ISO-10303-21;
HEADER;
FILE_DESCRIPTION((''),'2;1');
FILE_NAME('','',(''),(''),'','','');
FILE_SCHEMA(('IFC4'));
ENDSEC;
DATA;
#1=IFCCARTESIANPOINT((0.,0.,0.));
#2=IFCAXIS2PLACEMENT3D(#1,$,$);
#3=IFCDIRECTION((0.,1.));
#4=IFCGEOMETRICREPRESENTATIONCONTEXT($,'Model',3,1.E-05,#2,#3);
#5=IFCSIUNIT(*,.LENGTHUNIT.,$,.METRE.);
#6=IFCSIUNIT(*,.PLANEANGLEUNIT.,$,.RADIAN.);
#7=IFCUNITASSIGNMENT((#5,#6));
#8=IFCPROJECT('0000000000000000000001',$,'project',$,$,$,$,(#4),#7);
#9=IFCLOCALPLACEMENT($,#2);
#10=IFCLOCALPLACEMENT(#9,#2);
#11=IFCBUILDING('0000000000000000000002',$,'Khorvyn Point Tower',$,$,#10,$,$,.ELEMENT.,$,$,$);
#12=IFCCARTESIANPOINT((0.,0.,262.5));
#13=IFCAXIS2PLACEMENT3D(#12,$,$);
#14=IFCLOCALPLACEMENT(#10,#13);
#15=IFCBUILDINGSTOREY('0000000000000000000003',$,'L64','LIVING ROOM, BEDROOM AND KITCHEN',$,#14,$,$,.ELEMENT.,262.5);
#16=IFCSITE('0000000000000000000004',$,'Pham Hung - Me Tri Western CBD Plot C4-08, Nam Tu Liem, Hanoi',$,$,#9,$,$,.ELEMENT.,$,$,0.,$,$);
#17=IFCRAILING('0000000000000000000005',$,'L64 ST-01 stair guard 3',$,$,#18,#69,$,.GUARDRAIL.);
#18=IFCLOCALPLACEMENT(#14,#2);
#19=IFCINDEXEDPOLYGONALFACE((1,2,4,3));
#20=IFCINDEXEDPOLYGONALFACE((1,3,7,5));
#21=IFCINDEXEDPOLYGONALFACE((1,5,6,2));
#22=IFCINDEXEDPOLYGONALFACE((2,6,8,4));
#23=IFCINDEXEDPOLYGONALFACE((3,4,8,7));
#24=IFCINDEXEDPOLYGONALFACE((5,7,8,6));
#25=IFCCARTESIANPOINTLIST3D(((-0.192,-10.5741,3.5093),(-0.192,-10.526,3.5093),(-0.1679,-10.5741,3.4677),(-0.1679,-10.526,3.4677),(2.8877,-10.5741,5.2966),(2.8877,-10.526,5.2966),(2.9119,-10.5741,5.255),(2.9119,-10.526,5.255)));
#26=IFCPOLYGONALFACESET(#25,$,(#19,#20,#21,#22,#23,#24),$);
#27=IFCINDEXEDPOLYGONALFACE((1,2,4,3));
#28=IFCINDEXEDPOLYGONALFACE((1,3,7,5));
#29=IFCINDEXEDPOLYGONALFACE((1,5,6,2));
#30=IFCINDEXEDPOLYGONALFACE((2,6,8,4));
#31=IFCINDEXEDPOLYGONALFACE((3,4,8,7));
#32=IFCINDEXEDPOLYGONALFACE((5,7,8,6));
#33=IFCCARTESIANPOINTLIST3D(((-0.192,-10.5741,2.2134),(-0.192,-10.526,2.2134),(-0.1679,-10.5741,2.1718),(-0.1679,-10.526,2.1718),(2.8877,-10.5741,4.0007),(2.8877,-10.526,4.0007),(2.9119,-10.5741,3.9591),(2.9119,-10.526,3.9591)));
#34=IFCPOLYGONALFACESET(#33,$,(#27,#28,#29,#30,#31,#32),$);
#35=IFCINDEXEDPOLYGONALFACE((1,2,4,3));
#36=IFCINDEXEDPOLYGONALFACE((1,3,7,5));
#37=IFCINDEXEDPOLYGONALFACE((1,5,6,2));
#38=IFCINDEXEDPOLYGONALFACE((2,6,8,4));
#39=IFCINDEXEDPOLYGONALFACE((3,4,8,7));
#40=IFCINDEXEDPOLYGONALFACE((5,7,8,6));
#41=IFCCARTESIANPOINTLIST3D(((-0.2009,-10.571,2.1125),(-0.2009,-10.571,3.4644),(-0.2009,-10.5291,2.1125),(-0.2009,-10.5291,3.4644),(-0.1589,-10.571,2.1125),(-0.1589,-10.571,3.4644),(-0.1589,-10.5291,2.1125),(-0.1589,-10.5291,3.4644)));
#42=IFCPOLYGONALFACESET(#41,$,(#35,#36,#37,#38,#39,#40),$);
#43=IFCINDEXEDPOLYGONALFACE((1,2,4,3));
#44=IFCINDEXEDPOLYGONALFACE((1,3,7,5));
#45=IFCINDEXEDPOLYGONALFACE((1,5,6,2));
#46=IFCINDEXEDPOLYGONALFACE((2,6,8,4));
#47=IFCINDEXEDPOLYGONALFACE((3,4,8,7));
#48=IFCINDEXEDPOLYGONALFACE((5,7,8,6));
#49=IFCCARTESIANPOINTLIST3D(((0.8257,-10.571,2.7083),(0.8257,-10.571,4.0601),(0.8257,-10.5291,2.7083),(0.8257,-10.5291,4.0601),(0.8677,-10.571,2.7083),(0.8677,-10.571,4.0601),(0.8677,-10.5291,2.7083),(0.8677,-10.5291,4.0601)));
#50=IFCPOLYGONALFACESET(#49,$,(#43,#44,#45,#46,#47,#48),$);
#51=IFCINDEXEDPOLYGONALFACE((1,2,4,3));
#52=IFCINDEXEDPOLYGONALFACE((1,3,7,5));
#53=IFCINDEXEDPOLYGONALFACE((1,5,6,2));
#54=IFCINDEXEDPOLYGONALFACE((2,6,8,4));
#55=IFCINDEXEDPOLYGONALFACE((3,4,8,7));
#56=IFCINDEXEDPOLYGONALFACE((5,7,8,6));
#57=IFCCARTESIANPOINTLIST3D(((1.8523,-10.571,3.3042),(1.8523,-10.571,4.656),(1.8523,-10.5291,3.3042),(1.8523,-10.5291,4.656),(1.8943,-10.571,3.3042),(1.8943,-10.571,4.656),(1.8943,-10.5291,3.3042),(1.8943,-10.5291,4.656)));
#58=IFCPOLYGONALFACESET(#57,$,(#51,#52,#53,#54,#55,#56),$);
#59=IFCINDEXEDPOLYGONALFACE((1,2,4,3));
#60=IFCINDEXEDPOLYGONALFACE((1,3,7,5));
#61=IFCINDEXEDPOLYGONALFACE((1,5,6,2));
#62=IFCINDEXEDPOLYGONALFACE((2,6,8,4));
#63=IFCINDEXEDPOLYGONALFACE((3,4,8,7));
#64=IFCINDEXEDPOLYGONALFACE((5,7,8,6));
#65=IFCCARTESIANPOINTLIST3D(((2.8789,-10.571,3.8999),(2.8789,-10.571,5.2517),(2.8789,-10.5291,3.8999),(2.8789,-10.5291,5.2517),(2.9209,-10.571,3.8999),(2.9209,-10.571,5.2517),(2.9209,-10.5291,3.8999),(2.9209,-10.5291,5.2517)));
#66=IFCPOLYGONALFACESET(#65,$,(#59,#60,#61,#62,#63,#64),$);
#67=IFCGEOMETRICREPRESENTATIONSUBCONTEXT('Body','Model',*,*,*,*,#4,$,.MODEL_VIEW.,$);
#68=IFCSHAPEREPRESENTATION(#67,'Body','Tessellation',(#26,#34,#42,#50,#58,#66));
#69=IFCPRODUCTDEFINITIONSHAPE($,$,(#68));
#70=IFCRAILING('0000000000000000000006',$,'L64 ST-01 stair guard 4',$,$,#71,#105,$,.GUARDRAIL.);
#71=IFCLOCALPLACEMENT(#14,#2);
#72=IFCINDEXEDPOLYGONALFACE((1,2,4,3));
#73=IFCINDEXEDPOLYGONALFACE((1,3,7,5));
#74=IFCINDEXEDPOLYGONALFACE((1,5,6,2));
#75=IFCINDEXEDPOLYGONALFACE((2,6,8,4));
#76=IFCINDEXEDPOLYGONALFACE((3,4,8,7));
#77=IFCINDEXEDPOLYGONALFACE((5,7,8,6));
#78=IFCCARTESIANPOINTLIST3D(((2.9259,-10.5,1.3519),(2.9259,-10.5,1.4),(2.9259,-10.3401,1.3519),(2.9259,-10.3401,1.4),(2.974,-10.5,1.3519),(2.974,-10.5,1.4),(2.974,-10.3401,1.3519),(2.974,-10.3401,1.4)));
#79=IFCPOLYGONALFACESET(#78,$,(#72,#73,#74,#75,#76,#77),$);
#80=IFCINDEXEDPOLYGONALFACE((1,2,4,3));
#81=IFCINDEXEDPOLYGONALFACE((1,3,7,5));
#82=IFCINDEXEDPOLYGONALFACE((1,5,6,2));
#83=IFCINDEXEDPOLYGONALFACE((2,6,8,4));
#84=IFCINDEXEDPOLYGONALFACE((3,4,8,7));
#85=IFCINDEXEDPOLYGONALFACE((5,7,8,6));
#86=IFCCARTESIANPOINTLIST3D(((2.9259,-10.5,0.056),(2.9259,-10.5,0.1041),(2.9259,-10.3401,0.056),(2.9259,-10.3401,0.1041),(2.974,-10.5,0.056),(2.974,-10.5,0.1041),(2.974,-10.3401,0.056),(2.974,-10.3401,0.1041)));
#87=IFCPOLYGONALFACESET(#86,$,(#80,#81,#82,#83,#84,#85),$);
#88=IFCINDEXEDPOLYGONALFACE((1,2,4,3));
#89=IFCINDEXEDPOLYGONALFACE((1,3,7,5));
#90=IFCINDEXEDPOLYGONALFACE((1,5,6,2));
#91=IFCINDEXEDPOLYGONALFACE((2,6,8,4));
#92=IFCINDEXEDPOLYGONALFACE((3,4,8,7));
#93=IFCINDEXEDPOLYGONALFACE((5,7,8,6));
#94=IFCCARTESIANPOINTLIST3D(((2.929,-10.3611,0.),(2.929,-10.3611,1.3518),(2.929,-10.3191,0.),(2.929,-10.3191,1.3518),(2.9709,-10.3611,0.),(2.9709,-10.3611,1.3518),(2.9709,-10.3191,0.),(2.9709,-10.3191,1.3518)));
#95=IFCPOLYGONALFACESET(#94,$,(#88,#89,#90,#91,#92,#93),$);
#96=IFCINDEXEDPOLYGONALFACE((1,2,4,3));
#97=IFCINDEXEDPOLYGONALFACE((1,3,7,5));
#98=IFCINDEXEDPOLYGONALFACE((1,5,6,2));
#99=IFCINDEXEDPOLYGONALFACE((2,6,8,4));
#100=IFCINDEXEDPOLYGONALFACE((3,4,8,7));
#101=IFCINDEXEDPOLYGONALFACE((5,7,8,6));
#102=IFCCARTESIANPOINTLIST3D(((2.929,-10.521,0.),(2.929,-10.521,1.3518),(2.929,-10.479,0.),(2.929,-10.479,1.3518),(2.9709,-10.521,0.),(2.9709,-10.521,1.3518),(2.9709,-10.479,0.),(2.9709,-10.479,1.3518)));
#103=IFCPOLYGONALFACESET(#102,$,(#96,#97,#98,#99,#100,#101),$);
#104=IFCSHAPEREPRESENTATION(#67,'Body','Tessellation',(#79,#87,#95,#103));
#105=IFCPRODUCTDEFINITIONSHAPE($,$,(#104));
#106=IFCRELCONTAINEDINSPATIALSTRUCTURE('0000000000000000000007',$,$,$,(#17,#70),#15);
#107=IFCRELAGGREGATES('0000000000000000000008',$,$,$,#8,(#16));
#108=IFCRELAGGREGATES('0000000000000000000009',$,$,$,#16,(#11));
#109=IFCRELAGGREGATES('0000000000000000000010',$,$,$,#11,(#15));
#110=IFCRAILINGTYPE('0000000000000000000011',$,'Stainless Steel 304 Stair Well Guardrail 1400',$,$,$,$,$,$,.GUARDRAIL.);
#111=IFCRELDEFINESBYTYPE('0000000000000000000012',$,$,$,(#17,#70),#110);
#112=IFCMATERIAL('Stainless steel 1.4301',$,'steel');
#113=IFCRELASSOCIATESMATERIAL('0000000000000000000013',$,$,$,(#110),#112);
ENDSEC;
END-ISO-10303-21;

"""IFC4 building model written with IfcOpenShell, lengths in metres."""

from ifc_helpers import new_model, si_unit, direction, frame, origin, origin_2d, place, context, subcontext, project, spatial, rectangle, extrude, material, type_object, element, save


model = new_model("IFC4")

# Units and contexts
model_context = context("Model", 3, precision=1e-05, world=origin(), true_north=direction((0.0, 1.0)))
body_context = subcontext(model_context, "Body", "Model", "MODEL_VIEW")
ifc_project = project(units=[si_unit("LENGTHUNIT", "METRE"), si_unit("PLANEANGLEUNIT", "RADIAN")], contexts=[model_context])

# Site, building, storey
site_placement = place(None, origin())
site = spatial("IfcSite", under=ifc_project, at=site_placement, Name="Pham Hung - Me Tri Western CBD Plot C4-08, Nam Tu Liem, Hanoi", CompositionType="ELEMENT", RefElevation=0.0)
building_placement = place(site_placement, origin())
building = spatial("IfcBuilding", under=site, at=building_placement, Name="Khorvyn Point Tower", CompositionType="ELEMENT")
storey_placement = place(building_placement, frame((0.0, 0.0, 262.5)))
storey = spatial("IfcBuildingStorey", under=building, at=storey_placement, Name="L64", Description="LIVING ROOM, BEDROOM AND KITCHEN", CompositionType="ELEMENT", Elevation=262.5)

# Railings
ifc_material_1 = material(Name="Stainless steel 1.4301", Category="steel")
railing_type_1 = type_object("IfcRailingType", Name="Stainless Steel 304 Stair Well Guardrail 1400", PredefinedType="GUARDRAIL", material=ifc_material_1)
railing_1_placement = place(storey_placement, frame((-0.1799, -10.55, 2.1125)))
element("IfcRailing", 1, at=railing_1_placement, inside=storey, type_object=railing_type_1, Name="L64 ST-01 stair guard 3", PredefinedType="GUARDRAIL", context=body_context, shape_type="SweptSolid", body=[
    extrude(rectangle(XDim=0.0481, YDim=0.0481, at=origin_2d()), frame((0.0, 0.0, 1.376), z_axis=(0.864903, 0.0, 0.501939), x_axis=(0.0, 1.0, 0.0)), (0.0, 0.0, 1.0), 3.5608),
    extrude(rectangle(XDim=0.0481, YDim=0.0481, at=origin_2d()), frame((0.0, 0.0, 0.0801), z_axis=(0.864903, 0.0, 0.501939), x_axis=(0.0, 1.0, 0.0)), (0.0, 0.0, 1.0), 3.5608),
    extrude(rectangle(XDim=0.042, YDim=0.042, at=origin_2d()), origin(), (0.0, 0.0, 1.0), 1.3518),
    extrude(rectangle(XDim=0.042, YDim=0.042, at=origin_2d()), frame((1.0266, 0.0, 0.5957)), (0.0, 0.0, 1.0), 1.3518),
    extrude(rectangle(XDim=0.042, YDim=0.042, at=origin_2d()), frame((2.0532, 0.0, 1.1917)), (0.0, 0.0, 1.0), 1.3518),
    extrude(rectangle(XDim=0.042, YDim=0.042, at=origin_2d()), frame((3.0798, 0.0, 1.7874)), (0.0, 0.0, 1.0), 1.3518),
])
railing_2_placement = place(storey_placement, frame((2.95, -10.3401, 0.0)))
element("IfcRailing", 2, at=railing_2_placement, inside=storey, type_object=railing_type_1, Name="L64 ST-01 stair guard 4", PredefinedType="GUARDRAIL", context=body_context, shape_type="SweptSolid", body=[
    extrude(rectangle(XDim=0.0481, YDim=0.0481, at=origin_2d()), frame((0.0, 0.0, 1.376), z_axis=(0.0, -1.0, 0.0), x_axis=(1.0, 0.0, 0.0)), (0.0, 0.0, 1.0), 0.1599),
    extrude(rectangle(XDim=0.0481, YDim=0.0481, at=origin_2d()), frame((0.0, 0.0, 0.0801), z_axis=(0.0, -1.0, 0.0), x_axis=(1.0, 0.0, 0.0)), (0.0, 0.0, 1.0), 0.1599),
    extrude(rectangle(XDim=0.042, YDim=0.042, at=origin_2d()), origin(), (0.0, 0.0, 1.0), 1.3518),
    extrude(rectangle(XDim=0.042, YDim=0.042, at=origin_2d()), frame((0.0, -0.1599, 0.0)), (0.0, 0.0, 1.0), 1.3518),
])

save(model, "model.ifc")
